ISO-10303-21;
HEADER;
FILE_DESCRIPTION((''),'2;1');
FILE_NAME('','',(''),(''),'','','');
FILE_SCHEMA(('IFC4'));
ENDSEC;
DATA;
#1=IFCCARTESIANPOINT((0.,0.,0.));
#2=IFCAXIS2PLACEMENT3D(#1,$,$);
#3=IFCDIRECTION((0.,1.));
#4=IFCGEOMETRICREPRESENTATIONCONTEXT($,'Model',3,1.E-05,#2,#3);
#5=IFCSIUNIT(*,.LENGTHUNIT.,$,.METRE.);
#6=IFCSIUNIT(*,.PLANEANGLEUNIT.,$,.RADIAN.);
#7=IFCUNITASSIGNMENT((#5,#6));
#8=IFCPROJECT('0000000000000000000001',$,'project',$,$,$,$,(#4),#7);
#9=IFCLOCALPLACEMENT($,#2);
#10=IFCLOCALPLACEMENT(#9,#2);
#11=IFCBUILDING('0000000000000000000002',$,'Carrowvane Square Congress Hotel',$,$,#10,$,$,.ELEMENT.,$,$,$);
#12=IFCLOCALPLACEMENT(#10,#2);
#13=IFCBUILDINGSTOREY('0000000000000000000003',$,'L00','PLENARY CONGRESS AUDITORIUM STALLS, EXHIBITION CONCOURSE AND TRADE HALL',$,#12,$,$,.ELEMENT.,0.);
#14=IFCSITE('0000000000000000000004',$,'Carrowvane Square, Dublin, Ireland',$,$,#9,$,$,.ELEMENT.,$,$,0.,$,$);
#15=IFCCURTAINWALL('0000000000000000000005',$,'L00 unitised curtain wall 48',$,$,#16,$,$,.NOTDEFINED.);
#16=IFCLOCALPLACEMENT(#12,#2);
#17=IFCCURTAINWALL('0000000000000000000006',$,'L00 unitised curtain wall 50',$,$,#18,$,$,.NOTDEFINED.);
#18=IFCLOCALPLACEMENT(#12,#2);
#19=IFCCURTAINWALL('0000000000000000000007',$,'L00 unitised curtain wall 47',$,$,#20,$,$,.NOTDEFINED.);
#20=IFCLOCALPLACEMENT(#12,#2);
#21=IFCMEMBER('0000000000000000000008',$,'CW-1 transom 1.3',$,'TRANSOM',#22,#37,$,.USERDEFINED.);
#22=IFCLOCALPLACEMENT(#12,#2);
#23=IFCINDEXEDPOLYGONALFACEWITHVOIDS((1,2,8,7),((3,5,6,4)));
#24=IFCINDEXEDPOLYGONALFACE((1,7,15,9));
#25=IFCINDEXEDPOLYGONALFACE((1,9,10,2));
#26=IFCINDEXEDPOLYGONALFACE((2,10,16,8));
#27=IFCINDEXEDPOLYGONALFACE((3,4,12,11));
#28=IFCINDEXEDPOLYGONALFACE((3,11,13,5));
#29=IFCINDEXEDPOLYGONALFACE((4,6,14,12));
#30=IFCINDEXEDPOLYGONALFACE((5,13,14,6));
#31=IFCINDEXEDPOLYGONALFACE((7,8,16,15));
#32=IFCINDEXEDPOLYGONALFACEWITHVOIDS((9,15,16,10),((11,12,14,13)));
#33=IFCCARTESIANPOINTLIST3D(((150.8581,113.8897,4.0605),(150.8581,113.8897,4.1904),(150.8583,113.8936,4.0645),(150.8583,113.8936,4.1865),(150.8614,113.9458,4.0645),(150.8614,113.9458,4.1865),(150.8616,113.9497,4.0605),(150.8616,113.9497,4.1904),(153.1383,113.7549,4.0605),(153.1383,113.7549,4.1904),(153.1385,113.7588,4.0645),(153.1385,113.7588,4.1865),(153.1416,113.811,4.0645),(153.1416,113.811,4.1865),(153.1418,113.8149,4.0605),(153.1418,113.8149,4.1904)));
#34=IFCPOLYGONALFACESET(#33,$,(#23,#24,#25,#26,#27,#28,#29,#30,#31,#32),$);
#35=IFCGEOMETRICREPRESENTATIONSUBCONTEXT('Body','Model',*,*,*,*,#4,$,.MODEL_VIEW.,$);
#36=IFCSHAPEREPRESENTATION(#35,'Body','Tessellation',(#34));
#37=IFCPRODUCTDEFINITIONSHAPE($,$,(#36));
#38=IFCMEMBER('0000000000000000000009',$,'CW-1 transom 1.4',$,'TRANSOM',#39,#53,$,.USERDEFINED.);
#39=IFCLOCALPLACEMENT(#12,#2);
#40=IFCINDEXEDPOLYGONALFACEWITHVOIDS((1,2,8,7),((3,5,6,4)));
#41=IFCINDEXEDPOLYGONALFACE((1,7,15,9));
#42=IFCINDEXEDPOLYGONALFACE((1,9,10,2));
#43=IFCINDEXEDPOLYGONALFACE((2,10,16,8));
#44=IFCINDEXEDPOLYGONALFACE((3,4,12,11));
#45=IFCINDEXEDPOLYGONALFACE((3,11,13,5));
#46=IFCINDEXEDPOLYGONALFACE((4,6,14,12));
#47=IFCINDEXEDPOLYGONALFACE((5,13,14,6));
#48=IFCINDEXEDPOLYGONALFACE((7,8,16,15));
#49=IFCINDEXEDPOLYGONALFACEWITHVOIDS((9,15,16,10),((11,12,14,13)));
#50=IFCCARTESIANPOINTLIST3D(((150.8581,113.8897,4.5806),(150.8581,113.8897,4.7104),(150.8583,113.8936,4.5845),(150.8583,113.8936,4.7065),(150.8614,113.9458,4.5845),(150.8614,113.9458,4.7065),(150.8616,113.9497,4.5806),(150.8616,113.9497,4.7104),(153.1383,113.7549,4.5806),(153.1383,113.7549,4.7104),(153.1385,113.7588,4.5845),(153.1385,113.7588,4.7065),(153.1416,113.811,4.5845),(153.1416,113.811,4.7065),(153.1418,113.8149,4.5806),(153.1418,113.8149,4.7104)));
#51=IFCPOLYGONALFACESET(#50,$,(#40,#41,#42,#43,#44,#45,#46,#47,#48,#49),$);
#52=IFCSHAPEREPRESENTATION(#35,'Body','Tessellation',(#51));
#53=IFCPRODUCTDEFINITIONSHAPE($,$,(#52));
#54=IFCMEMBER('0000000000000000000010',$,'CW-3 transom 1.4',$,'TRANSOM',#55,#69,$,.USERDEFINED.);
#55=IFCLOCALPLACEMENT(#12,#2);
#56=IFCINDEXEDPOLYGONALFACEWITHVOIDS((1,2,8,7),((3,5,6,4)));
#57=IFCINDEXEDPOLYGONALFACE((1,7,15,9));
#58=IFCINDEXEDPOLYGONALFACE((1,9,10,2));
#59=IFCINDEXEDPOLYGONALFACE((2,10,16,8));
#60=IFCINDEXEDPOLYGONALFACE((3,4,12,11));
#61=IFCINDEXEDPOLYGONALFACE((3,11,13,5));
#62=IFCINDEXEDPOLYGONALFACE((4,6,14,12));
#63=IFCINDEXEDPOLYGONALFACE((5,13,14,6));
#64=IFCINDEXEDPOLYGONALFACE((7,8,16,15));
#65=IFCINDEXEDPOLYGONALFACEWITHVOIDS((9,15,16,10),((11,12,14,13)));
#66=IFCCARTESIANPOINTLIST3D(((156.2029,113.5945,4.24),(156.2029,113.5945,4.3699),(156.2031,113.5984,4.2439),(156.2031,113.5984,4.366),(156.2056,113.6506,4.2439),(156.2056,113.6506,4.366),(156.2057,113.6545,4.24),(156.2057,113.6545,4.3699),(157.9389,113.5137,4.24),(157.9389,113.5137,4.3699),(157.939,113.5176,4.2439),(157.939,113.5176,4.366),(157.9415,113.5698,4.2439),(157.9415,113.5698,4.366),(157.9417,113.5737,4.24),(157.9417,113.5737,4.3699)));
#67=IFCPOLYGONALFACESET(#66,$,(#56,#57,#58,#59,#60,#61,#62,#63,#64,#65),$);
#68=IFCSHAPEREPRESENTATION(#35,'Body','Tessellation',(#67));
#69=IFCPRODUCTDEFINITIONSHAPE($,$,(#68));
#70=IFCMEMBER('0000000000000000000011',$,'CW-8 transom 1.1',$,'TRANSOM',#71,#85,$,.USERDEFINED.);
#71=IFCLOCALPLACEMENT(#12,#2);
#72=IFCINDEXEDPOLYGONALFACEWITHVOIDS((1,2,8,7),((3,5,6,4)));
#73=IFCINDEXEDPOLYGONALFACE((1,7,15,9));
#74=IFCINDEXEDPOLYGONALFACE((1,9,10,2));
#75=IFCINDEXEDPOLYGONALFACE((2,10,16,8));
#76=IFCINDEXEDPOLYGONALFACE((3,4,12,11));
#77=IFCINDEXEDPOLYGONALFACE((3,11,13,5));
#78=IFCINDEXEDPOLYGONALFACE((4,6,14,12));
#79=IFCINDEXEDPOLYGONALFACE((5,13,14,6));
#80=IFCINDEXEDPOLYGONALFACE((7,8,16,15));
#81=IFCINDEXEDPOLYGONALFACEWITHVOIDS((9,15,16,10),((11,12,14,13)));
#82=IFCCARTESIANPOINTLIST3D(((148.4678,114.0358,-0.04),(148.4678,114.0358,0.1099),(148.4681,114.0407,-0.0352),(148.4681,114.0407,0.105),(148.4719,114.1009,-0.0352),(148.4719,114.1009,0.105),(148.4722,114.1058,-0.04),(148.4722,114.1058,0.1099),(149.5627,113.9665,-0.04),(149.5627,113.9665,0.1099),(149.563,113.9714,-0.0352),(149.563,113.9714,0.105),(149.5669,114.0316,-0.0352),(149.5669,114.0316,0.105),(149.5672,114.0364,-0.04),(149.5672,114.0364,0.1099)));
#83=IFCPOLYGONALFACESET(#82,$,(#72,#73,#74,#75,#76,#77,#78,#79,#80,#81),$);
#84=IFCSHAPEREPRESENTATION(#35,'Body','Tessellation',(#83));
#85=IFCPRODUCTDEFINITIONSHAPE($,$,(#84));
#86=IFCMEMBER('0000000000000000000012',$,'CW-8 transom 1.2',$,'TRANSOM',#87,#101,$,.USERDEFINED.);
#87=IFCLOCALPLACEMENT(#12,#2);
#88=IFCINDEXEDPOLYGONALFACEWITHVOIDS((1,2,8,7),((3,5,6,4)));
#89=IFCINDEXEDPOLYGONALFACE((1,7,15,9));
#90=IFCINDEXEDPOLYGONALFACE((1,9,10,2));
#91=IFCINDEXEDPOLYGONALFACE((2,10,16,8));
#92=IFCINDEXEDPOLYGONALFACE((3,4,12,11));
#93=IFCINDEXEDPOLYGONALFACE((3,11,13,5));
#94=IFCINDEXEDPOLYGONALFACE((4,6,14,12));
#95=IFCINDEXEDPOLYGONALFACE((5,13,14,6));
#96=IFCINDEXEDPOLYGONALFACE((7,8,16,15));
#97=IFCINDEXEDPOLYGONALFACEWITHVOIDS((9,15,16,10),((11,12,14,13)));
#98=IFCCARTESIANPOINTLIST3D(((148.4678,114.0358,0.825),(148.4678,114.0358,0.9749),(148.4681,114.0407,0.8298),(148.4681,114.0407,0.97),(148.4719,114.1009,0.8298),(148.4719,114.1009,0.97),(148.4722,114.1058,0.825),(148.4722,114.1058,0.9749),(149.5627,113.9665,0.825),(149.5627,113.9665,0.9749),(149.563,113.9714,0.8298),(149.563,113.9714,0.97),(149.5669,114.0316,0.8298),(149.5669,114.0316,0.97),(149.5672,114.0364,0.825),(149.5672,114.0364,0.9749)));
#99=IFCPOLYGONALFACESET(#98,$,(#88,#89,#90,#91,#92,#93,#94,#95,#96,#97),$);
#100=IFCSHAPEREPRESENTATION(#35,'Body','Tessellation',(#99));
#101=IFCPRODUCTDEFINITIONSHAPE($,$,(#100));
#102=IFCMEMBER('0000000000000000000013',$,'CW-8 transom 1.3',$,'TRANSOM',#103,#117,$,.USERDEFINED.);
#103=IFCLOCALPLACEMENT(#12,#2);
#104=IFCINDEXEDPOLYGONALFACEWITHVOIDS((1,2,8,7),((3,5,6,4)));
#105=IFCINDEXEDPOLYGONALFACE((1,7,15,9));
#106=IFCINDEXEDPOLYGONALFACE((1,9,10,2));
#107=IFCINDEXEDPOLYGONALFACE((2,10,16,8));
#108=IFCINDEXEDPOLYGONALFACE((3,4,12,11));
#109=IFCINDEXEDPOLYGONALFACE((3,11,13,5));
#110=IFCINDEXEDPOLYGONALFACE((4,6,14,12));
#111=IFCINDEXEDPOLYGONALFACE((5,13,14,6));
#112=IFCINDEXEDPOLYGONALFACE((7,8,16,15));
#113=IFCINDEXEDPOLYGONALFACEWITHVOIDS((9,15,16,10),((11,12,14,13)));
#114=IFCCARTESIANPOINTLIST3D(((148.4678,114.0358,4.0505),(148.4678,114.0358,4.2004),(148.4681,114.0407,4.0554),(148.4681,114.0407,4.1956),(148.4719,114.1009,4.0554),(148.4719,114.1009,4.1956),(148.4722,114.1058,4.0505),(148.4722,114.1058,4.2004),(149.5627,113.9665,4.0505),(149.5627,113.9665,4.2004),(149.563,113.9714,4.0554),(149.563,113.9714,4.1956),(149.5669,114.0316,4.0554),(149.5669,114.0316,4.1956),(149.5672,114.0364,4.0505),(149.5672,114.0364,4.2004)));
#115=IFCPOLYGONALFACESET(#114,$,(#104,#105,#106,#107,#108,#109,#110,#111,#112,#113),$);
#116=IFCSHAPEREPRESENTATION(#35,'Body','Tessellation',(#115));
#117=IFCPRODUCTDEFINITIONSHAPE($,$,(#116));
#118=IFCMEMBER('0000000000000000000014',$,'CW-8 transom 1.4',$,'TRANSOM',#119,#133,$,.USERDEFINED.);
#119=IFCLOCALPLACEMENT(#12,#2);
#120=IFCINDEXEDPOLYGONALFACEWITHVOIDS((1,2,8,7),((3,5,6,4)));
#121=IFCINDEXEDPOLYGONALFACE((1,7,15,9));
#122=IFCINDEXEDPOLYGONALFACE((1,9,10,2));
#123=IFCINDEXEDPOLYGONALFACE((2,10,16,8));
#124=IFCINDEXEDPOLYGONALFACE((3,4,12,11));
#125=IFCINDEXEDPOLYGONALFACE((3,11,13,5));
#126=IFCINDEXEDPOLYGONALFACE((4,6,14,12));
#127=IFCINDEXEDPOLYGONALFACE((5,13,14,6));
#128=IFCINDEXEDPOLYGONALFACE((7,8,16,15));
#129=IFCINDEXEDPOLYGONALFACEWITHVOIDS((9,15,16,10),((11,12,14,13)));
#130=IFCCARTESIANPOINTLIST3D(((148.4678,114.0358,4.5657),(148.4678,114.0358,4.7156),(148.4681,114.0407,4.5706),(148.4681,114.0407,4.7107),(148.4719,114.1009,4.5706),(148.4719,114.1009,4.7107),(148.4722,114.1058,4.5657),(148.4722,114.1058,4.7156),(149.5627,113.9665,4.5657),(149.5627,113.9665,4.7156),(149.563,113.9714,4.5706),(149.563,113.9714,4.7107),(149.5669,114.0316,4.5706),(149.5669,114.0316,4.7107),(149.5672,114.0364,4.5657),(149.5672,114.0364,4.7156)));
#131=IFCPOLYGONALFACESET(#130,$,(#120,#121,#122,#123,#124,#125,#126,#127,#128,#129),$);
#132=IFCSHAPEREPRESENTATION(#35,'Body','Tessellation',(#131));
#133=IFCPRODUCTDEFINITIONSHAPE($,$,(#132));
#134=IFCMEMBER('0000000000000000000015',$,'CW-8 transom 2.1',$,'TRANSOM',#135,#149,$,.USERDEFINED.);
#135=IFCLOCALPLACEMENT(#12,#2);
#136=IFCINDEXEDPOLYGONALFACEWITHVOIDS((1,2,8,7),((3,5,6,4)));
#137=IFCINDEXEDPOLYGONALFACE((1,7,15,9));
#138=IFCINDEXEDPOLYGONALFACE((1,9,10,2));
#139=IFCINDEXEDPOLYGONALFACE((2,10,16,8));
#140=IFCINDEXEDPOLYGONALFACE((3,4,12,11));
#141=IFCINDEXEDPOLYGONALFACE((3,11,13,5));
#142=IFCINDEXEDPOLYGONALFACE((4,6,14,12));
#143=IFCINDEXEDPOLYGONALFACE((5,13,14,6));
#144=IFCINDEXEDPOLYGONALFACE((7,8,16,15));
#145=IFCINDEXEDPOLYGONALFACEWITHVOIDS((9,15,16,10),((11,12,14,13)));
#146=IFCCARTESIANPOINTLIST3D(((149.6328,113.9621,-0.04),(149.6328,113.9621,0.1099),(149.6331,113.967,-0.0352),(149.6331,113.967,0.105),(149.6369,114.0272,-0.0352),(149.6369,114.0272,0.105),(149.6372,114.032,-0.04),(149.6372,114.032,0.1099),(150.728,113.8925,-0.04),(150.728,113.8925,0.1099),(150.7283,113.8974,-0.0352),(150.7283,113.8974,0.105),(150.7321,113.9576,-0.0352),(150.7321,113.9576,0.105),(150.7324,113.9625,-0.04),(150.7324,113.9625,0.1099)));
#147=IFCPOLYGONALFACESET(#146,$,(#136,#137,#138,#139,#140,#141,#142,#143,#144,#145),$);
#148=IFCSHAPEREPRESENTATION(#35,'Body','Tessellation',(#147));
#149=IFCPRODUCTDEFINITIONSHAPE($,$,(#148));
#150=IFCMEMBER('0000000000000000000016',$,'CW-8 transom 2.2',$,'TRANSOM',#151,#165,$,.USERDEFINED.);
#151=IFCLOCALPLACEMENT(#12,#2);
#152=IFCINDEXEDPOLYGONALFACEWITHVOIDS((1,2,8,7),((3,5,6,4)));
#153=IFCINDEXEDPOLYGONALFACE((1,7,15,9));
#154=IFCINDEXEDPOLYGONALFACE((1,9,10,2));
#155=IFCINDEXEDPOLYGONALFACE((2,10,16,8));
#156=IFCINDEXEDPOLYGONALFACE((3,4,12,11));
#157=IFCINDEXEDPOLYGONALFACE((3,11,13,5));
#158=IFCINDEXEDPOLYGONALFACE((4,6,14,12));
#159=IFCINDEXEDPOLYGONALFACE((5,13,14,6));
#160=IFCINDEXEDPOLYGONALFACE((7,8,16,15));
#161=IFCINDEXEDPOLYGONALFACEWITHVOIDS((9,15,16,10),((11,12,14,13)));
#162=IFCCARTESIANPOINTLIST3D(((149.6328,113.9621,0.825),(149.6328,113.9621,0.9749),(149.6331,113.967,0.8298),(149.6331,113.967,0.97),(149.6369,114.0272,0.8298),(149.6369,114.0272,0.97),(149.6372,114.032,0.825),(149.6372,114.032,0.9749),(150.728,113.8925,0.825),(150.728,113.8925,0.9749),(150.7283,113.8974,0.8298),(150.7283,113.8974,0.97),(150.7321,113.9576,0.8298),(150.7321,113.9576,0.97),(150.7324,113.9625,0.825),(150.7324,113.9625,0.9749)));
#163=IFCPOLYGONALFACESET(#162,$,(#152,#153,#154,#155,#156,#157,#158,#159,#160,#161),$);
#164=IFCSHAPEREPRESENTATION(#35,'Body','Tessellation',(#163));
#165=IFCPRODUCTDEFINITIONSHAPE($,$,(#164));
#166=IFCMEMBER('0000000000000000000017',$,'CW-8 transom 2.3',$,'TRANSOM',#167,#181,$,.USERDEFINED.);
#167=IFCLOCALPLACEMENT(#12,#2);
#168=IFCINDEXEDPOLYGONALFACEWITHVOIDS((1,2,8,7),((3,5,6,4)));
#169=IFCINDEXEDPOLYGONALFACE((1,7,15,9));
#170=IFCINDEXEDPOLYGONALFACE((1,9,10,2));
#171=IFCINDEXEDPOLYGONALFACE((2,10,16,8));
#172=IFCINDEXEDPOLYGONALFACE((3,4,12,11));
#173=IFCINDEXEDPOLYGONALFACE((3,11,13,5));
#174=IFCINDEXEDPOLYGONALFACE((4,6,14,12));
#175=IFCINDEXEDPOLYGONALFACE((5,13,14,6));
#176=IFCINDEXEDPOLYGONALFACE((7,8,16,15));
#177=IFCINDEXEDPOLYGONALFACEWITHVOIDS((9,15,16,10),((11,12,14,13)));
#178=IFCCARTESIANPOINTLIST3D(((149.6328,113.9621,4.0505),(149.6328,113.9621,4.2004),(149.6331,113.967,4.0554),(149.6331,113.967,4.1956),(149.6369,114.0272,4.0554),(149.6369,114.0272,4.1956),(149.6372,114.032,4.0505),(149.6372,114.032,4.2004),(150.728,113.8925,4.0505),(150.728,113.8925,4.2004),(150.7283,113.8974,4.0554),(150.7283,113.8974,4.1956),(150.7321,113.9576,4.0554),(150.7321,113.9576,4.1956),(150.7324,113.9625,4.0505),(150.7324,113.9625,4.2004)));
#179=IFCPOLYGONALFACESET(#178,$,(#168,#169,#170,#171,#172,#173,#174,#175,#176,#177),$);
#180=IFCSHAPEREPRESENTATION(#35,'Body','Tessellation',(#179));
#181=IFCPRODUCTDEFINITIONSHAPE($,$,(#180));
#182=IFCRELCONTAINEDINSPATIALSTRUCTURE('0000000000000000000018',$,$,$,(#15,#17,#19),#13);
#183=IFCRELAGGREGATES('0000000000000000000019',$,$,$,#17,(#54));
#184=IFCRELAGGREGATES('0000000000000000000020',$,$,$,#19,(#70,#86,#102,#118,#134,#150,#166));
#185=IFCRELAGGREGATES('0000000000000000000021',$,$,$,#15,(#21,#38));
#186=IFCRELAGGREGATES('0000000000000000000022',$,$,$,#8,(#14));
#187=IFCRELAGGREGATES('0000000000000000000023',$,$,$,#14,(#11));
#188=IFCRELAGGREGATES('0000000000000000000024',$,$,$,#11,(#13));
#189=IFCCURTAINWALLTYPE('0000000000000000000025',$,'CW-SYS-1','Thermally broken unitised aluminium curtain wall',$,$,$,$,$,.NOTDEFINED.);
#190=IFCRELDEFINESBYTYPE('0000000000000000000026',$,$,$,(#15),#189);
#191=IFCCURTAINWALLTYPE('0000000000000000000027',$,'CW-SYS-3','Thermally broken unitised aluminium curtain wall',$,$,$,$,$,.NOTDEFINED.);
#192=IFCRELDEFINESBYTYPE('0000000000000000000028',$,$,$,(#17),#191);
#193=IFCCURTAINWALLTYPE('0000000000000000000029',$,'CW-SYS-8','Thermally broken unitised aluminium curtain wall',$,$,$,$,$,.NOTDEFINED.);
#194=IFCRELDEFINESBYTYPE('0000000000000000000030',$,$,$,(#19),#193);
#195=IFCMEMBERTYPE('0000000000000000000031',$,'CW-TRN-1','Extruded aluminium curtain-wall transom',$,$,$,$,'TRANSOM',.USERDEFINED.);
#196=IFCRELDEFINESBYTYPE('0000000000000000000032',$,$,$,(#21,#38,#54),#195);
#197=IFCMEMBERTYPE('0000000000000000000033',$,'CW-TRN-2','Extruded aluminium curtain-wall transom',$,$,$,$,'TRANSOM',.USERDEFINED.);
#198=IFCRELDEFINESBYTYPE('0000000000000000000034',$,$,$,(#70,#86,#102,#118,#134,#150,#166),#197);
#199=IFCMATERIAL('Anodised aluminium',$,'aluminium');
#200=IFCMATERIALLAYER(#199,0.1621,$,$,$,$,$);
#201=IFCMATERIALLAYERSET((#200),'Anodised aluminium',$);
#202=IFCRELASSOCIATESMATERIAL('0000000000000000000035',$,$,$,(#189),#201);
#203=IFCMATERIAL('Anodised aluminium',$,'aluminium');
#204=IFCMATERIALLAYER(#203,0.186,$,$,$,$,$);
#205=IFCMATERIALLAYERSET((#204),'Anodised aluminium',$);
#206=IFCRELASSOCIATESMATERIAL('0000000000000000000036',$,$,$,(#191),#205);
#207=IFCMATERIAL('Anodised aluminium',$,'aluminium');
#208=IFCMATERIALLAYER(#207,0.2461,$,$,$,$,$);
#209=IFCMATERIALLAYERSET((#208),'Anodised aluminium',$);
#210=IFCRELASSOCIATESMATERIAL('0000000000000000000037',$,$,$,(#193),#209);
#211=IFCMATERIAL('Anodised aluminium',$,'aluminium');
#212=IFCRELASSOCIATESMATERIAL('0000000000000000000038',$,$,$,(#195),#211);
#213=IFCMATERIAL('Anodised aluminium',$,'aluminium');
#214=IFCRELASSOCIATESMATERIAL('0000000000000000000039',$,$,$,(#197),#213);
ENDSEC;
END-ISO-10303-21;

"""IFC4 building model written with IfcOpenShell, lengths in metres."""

from ifc_helpers import new_model, si_unit, direction, frame, origin, origin_2d, place, context, subcontext, project, spatial, hollow_rectangle, extrude, material, layer, layer_set, material_profile, profile_set, type_object, element, aggregate, save


model = new_model("IFC4")

# Units and contexts
model_context = context("Model", 3, precision=1e-05, world=origin(), true_north=direction((0.0, 1.0)))
body_context = subcontext(model_context, "Body", "Model", "MODEL_VIEW")
ifc_project = project(units=[si_unit("LENGTHUNIT", "METRE"), si_unit("PLANEANGLEUNIT", "RADIAN")], contexts=[model_context])

# Site, building, storey
site_placement = place(None, origin())
site = spatial("IfcSite", under=ifc_project, at=site_placement, Name="Carrowvane Square, Dublin, Ireland", CompositionType="ELEMENT", RefElevation=0.0)
building_placement = place(site_placement, origin())
building = spatial("IfcBuilding", under=site, at=building_placement, Name="Carrowvane Square Congress Hotel", CompositionType="ELEMENT")
storey_placement = place(building_placement, origin())
storey = spatial("IfcBuildingStorey", under=building, at=storey_placement, Name="L00", Description="PLENARY CONGRESS AUDITORIUM STALLS, EXHIBITION CONCOURSE AND TRADE HALL", CompositionType="ELEMENT", Elevation=0.0)

# Curtain wall
ifc_material_1 = material(Name="Anodised aluminium", Category="aluminium")
ifc_layer_1 = layer(ifc_material_1, 0.1621)
ifc_layer_set_1 = layer_set([ifc_layer_1], Name="Anodised aluminium")
curtain_wall_type_1 = type_object("IfcCurtainWallType", Name="CW-SYS-1", Description="Thermally broken unitised aluminium curtain wall", PredefinedType="NOTDEFINED", material=ifc_layer_set_1)
curtain_wall_1_placement = place(storey_placement, origin())
curtain_wall_1 = element("IfcCurtainWall", 1, at=curtain_wall_1_placement, inside=storey, type_object=curtain_wall_type_1, Name="L00 unitised curtain wall 48", PredefinedType="NOTDEFINED")

# Curtain wall
ifc_material_2 = material(Name="Anodised aluminium", Category="aluminium")
ifc_layer_2 = layer(ifc_material_2, 0.186)
ifc_layer_set_2 = layer_set([ifc_layer_2], Name="Anodised aluminium")
curtain_wall_type_2 = type_object("IfcCurtainWallType", Name="CW-SYS-3", Description="Thermally broken unitised aluminium curtain wall", PredefinedType="NOTDEFINED", material=ifc_layer_set_2)
curtain_wall_2_placement = place(storey_placement, origin())
curtain_wall_2 = element("IfcCurtainWall", 2, at=curtain_wall_2_placement, inside=storey, type_object=curtain_wall_type_2, Name="L00 unitised curtain wall 50", PredefinedType="NOTDEFINED")

# Curtain wall
ifc_material_3 = material(Name="Anodised aluminium", Category="aluminium")
ifc_layer_3 = layer(ifc_material_3, 0.2461)
ifc_layer_set_3 = layer_set([ifc_layer_3], Name="Anodised aluminium")
curtain_wall_type_3 = type_object("IfcCurtainWallType", Name="CW-SYS-8", Description="Thermally broken unitised aluminium curtain wall", PredefinedType="NOTDEFINED", material=ifc_layer_set_3)
curtain_wall_3_placement = place(storey_placement, origin())
curtain_wall_3 = element("IfcCurtainWall", 3, at=curtain_wall_3_placement, inside=storey, type_object=curtain_wall_type_3, Name="L00 unitised curtain wall 47", PredefinedType="NOTDEFINED")

# Members
ifc_material_4 = material(Name="Anodised aluminium", Category="aluminium")
ifc_material_profile_1 = material_profile(ifc_material_4, hollow_rectangle(XDim=0.0601, YDim=0.1299, WallThickness=0.0039, at=origin_2d()), Name="CW-TR 60x130x4")
ifc_profile_set_1 = profile_set([ifc_material_profile_1], Name="Anodised aluminium")
member_type_1 = type_object("IfcMemberType", Name="CW-TRN-1", Description="Extruded aluminium curtain-wall transom", ElementType="TRANSOM", PredefinedType="USERDEFINED", material=ifc_profile_set_1)
member_1_placement = place(storey_placement, frame((150.8599, 113.9197, 4.1255), z_axis=(0.998258, -0.058998, 0.0), x_axis=(0.058998, 0.998258, 0.0)))
member_1 = element("IfcMember", 4, at=member_1_placement, type_object=member_type_1, Name="CW-1 transom 1.3", ObjectType="TRANSOM", PredefinedType="USERDEFINED", context=body_context, shape_type="SweptSolid", body=[
    extrude(hollow_rectangle(XDim=0.0601, YDim=0.1299, WallThickness=0.0039, at=origin_2d()), origin(), (0.0, 0.0, 1.0), 2.2842),
])
member_2_placement = place(storey_placement, frame((150.8599, 113.9197, 4.6455), z_axis=(0.998258, -0.058998, 0.0), x_axis=(0.058998, 0.998258, 0.0)))
member_2 = element("IfcMember", 5, at=member_2_placement, type_object=member_type_1, Name="CW-1 transom 1.4", ObjectType="TRANSOM", PredefinedType="USERDEFINED", context=body_context, shape_type="SweptSolid", body=[
    extrude(hollow_rectangle(XDim=0.0601, YDim=0.1299, WallThickness=0.0039, at=origin_2d()), origin(), (0.0, 0.0, 1.0), 2.2842),
])
member_3_placement = place(storey_placement, frame((156.2043, 113.6245, 4.3049), z_axis=(0.998918, -0.046504, 0.0), x_axis=(0.046504, 0.998918, 0.0)))
member_3 = element("IfcMember", 6, at=member_3_placement, type_object=member_type_1, Name="CW-3 transom 1.4", ObjectType="TRANSOM", PredefinedType="USERDEFINED", context=body_context, shape_type="SweptSolid", body=[
    extrude(hollow_rectangle(XDim=0.0601, YDim=0.1299, WallThickness=0.0039, at=origin_2d()), origin(), (0.0, 0.0, 1.0), 1.7378),
])
aggregate(curtain_wall_2, [member_3])
ifc_material_5 = material(Name="Anodised aluminium", Category="aluminium")
ifc_material_profile_2 = material_profile(ifc_material_5, hollow_rectangle(XDim=0.0701, YDim=0.1499, WallThickness=0.0049, at=origin_2d()), Name="CW-TR 70x150x5")
ifc_profile_set_2 = profile_set([ifc_material_profile_2], Name="Anodised aluminium")
member_type_2 = type_object("IfcMemberType", Name="CW-TRN-2", Description="Extruded aluminium curtain-wall transom", ElementType="TRANSOM", PredefinedType="USERDEFINED", material=ifc_profile_set_2)
member_4_placement = place(storey_placement, frame((148.47, 114.0708, 0.0349), z_axis=(0.998001, -0.063196, 0.0), x_axis=(0.063196, 0.998001, 0.0)))
member_4 = element("IfcMember", 7, at=member_4_placement, type_object=member_type_2, Name="CW-8 transom 1.1", ObjectType="TRANSOM", PredefinedType="USERDEFINED", context=body_context, shape_type="SweptSolid", body=[
    extrude(hollow_rectangle(XDim=0.0701, YDim=0.1499, WallThickness=0.0049, at=origin_2d()), origin(), (0.0, 0.0, 1.0), 1.0972),
])
member_5_placement = place(storey_placement, frame((148.47, 114.0708, 0.8999), z_axis=(0.998001, -0.063196, 0.0), x_axis=(0.063196, 0.998001, 0.0)))
member_5 = element("IfcMember", 8, at=member_5_placement, type_object=member_type_2, Name="CW-8 transom 1.2", ObjectType="TRANSOM", PredefinedType="USERDEFINED", context=body_context, shape_type="SweptSolid", body=[
    extrude(hollow_rectangle(XDim=0.0701, YDim=0.1499, WallThickness=0.0049, at=origin_2d()), origin(), (0.0, 0.0, 1.0), 1.0972),
])
member_6_placement = place(storey_placement, frame((148.47, 114.0708, 4.1255), z_axis=(0.998001, -0.063196, 0.0), x_axis=(0.063196, 0.998001, 0.0)))
member_6 = element("IfcMember", 9, at=member_6_placement, type_object=member_type_2, Name="CW-8 transom 1.3", ObjectType="TRANSOM", PredefinedType="USERDEFINED", context=body_context, shape_type="SweptSolid", body=[
    extrude(hollow_rectangle(XDim=0.0701, YDim=0.1499, WallThickness=0.0049, at=origin_2d()), origin(), (0.0, 0.0, 1.0), 1.0972),
])
member_7_placement = place(storey_placement, frame((148.47, 114.0708, 4.6406), z_axis=(0.998001, -0.063196, 0.0), x_axis=(0.063196, 0.998001, 0.0)))
member_7 = element("IfcMember", 10, at=member_7_placement, type_object=member_type_2, Name="CW-8 transom 1.4", ObjectType="TRANSOM", PredefinedType="USERDEFINED", context=body_context, shape_type="SweptSolid", body=[
    extrude(hollow_rectangle(XDim=0.0701, YDim=0.1499, WallThickness=0.0049, at=origin_2d()), origin(), (0.0, 0.0, 1.0), 1.0972),
])
member_8_placement = place(storey_placement, frame((149.635, 113.9971, 0.0349), z_axis=(0.997988, -0.063403, 0.0), x_axis=(0.063403, 0.997988, 0.0)))
member_8 = element("IfcMember", 11, at=member_8_placement, type_object=member_type_2, Name="CW-8 transom 2.1", ObjectType="TRANSOM", PredefinedType="USERDEFINED", context=body_context, shape_type="SweptSolid", body=[
    extrude(hollow_rectangle(XDim=0.0701, YDim=0.1499, WallThickness=0.0049, at=origin_2d()), origin(), (0.0, 0.0, 1.0), 1.0974),
])
member_9_placement = place(storey_placement, frame((149.635, 113.9971, 0.8999), z_axis=(0.997988, -0.063403, 0.0), x_axis=(0.063403, 0.997988, 0.0)))
member_9 = element("IfcMember", 12, at=member_9_placement, type_object=member_type_2, Name="CW-8 transom 2.2", ObjectType="TRANSOM", PredefinedType="USERDEFINED", context=body_context, shape_type="SweptSolid", body=[
    extrude(hollow_rectangle(XDim=0.0701, YDim=0.1499, WallThickness=0.0049, at=origin_2d()), origin(), (0.0, 0.0, 1.0), 1.0974),
])
member_10_placement = place(storey_placement, frame((149.635, 113.9971, 4.1255), z_axis=(0.997988, -0.063403, 0.0), x_axis=(0.063403, 0.997988, 0.0)))
member_10 = element("IfcMember", 13, at=member_10_placement, type_object=member_type_2, Name="CW-8 transom 2.3", ObjectType="TRANSOM", PredefinedType="USERDEFINED", context=body_context, shape_type="SweptSolid", body=[
    extrude(hollow_rectangle(XDim=0.0701, YDim=0.1499, WallThickness=0.0049, at=origin_2d()), origin(), (0.0, 0.0, 1.0), 1.0974),
])

aggregate(curtain_wall_3, [member_4, member_5, member_6, member_7, member_8, member_9, member_10])
aggregate(curtain_wall_1, [member_1, member_2])

save(model, "model.ifc")
